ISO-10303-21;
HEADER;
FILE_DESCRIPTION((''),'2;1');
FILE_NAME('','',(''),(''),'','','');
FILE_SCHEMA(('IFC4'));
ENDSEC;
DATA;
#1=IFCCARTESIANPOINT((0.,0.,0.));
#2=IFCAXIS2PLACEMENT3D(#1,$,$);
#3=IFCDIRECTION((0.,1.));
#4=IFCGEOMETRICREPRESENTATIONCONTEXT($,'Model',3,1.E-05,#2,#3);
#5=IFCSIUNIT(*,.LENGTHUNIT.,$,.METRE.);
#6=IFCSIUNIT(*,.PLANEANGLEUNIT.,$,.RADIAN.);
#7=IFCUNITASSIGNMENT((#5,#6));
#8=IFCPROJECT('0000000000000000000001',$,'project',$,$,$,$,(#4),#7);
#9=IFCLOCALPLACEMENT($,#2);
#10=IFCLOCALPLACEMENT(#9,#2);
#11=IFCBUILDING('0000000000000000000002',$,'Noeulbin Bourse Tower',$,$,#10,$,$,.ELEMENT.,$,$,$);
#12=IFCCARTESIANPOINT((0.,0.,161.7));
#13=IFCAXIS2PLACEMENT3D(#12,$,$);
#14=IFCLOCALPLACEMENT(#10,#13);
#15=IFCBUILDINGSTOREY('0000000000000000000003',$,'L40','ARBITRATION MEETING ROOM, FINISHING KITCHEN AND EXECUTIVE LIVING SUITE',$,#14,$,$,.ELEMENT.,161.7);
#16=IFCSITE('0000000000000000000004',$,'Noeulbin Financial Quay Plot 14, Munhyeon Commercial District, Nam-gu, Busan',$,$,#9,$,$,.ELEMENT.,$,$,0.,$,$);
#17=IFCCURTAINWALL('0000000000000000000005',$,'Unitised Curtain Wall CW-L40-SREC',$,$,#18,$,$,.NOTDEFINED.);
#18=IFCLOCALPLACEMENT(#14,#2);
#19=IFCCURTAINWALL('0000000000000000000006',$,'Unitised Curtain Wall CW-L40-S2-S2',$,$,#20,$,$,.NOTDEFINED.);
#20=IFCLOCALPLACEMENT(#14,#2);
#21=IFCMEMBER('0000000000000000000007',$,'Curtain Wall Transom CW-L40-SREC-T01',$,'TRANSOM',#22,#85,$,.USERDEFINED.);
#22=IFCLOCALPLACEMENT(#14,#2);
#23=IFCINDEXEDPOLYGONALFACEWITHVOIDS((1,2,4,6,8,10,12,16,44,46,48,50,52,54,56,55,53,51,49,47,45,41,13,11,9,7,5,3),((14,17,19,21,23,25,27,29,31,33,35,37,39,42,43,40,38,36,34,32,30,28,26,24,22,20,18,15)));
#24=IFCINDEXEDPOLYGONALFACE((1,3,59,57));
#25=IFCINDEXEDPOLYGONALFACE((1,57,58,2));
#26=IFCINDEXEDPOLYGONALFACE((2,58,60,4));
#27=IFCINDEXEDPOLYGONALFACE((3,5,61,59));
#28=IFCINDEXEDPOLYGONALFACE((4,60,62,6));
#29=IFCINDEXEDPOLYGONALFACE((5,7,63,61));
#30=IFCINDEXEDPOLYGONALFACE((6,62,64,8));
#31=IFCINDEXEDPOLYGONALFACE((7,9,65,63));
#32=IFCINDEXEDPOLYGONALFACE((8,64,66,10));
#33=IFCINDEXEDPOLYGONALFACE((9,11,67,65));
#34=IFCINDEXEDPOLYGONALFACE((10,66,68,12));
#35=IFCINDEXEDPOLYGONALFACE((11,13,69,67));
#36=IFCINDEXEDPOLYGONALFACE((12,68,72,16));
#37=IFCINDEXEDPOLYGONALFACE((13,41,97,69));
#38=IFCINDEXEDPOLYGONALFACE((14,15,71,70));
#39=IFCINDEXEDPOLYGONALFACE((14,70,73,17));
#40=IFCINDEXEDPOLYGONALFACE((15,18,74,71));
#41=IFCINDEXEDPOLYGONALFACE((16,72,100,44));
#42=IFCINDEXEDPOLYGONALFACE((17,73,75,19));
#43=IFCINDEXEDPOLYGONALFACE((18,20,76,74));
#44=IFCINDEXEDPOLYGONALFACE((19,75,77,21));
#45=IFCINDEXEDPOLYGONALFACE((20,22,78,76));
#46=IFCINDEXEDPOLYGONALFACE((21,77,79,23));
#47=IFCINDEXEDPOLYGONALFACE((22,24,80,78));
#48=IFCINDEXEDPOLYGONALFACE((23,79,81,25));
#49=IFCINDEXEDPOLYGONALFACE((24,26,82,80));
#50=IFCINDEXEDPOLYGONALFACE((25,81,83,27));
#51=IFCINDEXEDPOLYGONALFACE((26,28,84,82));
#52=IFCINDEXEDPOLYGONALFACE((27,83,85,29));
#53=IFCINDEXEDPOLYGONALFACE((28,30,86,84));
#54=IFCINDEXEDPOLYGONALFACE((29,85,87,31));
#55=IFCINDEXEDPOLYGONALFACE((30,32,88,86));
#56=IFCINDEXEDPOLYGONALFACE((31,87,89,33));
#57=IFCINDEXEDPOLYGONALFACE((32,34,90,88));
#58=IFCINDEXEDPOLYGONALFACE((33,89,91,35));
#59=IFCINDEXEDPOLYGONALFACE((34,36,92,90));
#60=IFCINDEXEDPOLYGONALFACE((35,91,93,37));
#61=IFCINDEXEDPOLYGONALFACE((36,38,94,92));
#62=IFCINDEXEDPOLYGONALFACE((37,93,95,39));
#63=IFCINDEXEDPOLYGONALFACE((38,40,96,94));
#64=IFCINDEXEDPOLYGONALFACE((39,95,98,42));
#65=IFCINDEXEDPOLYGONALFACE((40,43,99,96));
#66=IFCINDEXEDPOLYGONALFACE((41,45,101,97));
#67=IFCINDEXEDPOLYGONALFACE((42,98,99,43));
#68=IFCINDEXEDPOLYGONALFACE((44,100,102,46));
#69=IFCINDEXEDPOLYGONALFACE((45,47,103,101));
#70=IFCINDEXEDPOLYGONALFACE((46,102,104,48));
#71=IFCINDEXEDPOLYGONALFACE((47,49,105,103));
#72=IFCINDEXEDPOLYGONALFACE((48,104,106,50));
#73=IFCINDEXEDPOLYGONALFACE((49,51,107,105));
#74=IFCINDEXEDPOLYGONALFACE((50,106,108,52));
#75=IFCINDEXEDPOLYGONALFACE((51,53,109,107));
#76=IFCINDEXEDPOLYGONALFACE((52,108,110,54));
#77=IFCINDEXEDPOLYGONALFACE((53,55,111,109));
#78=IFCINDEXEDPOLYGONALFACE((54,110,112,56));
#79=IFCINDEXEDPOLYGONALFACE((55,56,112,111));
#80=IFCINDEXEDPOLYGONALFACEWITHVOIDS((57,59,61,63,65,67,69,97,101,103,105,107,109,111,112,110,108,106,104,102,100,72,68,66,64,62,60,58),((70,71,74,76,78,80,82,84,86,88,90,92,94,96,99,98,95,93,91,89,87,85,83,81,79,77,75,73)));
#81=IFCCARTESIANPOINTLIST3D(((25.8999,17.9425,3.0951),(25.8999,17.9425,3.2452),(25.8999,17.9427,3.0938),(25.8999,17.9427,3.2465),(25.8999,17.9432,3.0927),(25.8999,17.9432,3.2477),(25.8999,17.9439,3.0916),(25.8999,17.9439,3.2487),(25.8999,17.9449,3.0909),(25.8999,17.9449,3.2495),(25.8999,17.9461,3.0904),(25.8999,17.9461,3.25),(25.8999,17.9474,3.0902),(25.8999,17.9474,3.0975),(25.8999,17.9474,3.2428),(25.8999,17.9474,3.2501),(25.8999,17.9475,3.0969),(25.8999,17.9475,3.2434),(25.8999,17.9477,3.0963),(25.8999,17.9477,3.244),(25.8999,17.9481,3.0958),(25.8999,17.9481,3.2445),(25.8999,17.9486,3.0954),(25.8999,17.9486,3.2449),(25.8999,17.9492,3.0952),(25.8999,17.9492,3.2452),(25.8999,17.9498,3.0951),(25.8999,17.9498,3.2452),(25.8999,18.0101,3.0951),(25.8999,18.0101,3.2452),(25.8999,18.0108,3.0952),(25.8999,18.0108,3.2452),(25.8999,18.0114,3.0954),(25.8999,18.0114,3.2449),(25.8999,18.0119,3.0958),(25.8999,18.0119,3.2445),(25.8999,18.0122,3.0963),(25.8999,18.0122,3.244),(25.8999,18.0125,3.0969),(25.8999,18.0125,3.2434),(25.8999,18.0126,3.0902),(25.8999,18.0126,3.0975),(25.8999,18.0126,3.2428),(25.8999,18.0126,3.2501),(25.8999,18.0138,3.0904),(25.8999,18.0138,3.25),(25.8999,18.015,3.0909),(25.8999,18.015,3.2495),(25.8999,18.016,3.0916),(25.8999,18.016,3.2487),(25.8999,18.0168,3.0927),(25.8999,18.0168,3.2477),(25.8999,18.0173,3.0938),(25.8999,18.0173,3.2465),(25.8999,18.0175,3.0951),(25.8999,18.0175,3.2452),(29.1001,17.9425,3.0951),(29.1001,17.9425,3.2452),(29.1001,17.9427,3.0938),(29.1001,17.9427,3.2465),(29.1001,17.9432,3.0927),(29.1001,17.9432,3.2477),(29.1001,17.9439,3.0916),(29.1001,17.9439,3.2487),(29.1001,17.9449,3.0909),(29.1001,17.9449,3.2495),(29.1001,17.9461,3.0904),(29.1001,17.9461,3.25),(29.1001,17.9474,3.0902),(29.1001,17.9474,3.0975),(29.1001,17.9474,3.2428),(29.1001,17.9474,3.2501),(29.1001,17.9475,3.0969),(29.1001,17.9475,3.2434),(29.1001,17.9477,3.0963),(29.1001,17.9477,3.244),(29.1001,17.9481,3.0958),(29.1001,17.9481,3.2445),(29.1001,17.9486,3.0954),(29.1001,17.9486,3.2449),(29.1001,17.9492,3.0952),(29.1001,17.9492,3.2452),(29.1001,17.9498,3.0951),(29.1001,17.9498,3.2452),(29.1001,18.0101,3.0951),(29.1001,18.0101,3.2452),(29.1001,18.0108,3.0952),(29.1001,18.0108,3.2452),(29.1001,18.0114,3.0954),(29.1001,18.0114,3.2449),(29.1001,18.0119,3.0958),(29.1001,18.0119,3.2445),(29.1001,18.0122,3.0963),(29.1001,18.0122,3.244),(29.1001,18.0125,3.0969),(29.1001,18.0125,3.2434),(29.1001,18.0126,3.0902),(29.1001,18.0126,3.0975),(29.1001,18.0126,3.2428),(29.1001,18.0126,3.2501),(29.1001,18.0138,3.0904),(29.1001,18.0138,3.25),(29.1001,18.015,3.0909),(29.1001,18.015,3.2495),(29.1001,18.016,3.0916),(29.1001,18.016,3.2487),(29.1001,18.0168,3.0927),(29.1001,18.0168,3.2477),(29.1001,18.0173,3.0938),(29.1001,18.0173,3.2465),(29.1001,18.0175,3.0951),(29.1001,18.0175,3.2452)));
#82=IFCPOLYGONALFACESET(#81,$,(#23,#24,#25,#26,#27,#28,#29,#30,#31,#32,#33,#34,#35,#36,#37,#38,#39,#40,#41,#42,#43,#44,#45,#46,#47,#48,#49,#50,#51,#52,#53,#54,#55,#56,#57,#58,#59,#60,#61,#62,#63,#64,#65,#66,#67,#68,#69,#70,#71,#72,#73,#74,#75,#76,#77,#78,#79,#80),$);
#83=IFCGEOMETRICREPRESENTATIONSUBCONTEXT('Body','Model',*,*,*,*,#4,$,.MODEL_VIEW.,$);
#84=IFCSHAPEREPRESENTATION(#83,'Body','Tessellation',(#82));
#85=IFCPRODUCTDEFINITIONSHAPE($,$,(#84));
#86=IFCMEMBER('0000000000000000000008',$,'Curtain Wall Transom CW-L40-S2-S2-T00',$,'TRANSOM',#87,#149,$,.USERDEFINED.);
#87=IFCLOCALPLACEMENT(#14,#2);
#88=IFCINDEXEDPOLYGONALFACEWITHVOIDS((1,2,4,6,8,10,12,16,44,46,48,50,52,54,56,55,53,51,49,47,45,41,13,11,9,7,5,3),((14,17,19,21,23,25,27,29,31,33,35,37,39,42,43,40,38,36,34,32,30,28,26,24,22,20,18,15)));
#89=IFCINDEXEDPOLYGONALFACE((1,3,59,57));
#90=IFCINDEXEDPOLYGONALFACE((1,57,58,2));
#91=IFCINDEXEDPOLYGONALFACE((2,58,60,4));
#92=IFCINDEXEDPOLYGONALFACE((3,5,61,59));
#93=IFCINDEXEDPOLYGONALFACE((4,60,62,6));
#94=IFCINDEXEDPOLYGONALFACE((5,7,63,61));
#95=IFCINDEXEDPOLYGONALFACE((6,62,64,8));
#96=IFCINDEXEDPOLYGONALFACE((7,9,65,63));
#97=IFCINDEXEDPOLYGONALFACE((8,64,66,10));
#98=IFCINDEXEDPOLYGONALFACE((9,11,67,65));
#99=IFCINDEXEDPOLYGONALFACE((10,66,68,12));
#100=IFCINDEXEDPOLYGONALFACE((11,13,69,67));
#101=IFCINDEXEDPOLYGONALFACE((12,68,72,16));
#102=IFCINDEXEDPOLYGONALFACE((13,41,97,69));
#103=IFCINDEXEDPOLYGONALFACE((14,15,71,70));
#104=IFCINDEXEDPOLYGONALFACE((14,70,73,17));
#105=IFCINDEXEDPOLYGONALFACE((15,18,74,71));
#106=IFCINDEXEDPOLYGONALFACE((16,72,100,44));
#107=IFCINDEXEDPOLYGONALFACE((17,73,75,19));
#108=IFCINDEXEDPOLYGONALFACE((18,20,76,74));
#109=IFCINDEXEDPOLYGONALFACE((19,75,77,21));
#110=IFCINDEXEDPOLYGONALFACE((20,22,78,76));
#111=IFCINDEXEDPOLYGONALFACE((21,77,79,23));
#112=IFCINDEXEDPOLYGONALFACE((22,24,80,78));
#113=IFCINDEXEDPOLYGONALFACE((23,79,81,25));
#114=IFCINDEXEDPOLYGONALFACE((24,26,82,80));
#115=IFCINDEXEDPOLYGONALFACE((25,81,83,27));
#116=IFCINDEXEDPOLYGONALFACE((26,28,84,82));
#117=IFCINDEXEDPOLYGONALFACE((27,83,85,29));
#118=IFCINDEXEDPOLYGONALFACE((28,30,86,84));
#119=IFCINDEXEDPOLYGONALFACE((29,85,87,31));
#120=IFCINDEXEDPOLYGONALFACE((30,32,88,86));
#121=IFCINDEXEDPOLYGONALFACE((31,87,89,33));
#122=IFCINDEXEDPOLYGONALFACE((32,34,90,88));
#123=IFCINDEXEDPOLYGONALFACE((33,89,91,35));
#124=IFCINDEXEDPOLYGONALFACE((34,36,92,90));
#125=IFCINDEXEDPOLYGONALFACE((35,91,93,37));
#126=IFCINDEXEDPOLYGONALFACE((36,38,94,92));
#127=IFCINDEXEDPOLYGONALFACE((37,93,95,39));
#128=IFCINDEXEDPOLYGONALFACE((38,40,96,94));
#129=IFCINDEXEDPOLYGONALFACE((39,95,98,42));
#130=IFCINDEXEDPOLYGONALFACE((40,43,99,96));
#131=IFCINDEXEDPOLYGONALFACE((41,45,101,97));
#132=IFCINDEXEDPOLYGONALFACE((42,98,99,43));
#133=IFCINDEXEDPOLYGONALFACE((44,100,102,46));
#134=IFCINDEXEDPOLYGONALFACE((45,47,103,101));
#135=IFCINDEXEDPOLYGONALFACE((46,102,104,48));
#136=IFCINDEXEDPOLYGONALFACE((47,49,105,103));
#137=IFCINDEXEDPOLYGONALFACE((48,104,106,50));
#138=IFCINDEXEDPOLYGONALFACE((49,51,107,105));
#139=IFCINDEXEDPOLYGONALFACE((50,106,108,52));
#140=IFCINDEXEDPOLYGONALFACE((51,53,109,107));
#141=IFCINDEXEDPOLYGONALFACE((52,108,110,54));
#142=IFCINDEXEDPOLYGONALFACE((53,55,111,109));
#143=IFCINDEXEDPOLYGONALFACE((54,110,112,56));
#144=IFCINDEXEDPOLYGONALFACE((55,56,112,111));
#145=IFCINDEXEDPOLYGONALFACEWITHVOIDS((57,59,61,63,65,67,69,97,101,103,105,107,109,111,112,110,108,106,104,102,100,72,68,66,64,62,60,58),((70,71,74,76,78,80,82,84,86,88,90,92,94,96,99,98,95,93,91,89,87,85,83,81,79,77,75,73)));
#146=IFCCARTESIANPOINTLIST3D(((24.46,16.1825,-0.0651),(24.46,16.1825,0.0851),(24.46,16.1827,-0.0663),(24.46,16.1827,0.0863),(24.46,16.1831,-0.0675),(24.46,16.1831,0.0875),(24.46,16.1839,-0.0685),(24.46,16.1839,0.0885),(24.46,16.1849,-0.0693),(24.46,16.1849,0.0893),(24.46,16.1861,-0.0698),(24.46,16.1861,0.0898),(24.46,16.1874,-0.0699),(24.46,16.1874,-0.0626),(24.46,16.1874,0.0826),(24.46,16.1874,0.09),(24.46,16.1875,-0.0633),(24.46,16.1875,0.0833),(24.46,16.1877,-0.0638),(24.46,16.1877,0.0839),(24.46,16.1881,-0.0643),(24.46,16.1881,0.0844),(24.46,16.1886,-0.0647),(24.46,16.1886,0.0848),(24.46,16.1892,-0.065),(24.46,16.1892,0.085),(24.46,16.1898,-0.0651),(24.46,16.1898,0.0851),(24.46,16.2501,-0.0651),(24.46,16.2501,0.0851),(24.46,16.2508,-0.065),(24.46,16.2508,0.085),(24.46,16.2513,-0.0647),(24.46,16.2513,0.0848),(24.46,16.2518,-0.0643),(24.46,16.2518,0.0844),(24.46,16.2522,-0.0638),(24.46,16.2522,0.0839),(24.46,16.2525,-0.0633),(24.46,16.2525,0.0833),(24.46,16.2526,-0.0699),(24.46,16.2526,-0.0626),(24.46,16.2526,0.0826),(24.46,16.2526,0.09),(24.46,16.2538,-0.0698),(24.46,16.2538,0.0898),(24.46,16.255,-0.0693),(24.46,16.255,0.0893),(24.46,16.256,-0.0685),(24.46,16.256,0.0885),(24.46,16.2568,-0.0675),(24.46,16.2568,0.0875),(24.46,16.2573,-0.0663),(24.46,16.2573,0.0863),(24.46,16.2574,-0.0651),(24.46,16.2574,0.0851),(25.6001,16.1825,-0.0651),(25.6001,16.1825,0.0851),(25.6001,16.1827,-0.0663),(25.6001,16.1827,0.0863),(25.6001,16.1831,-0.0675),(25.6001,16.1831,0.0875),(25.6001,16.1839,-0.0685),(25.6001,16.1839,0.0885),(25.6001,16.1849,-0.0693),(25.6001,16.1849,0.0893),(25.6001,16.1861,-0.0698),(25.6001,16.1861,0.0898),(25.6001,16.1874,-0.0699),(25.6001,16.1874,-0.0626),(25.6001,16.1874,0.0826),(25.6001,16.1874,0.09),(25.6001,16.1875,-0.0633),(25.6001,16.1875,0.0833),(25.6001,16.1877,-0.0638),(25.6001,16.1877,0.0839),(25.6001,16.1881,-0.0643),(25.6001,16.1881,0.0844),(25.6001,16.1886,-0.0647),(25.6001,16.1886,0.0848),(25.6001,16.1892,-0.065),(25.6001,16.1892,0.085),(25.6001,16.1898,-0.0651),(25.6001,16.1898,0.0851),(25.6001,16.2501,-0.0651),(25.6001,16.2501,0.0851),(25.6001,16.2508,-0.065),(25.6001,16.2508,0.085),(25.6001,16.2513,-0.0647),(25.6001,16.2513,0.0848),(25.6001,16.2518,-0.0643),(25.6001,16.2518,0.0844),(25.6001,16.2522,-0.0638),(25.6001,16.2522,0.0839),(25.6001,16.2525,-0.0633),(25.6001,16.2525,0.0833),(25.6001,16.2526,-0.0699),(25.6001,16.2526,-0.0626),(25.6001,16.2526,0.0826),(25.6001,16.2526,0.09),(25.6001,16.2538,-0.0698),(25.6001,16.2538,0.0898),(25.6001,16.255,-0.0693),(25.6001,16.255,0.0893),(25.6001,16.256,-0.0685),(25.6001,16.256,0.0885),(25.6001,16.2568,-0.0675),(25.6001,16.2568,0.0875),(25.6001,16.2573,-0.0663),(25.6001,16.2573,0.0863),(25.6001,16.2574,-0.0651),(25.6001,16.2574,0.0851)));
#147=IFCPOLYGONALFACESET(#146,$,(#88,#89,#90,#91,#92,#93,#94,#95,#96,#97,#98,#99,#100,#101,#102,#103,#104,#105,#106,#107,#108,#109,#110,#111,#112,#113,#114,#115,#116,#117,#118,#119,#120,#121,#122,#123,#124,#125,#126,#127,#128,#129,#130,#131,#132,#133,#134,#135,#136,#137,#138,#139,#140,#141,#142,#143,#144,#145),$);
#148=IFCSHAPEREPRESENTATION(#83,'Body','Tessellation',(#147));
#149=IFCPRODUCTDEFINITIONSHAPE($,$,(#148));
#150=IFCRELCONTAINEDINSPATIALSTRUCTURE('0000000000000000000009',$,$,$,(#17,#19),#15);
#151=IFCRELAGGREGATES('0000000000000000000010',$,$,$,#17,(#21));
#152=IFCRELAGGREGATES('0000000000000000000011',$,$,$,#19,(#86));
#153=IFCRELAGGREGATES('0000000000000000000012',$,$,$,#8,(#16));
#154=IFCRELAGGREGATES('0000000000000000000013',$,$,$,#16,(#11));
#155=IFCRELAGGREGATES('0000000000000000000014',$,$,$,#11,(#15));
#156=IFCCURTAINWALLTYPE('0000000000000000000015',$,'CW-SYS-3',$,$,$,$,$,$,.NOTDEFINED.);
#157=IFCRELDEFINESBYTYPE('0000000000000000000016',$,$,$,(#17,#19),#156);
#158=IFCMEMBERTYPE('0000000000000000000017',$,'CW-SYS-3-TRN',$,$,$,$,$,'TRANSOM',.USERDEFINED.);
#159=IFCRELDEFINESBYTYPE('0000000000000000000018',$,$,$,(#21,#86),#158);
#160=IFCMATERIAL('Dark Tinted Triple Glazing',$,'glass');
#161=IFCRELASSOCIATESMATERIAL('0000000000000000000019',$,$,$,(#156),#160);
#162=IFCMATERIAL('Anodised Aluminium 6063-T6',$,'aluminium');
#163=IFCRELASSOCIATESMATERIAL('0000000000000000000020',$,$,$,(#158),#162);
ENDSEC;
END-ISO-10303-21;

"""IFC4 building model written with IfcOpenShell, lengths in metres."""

from ifc_helpers import new_model, si_unit, direction, frame, origin, origin_2d, place, context, subcontext, project, spatial, hollow_rectangle, extrude, material, material_profile, profile_set, type_object, element, aggregate, save


model = new_model("IFC4")

# Units and contexts
model_context = context("Model", 3, precision=1e-05, world=origin(), true_north=direction((0.0, 1.0)))
body_context = subcontext(model_context, "Body", "Model", "MODEL_VIEW")
ifc_project = project(units=[si_unit("LENGTHUNIT", "METRE"), si_unit("PLANEANGLEUNIT", "RADIAN")], contexts=[model_context])

# Site, building, storey
site_placement = place(None, origin())
site = spatial("IfcSite", under=ifc_project, at=site_placement, Name="Noeulbin Financial Quay Plot 14, Munhyeon Commercial District, Nam-gu, Busan", CompositionType="ELEMENT", RefElevation=0.0)
building_placement = place(site_placement, origin())
building = spatial("IfcBuilding", under=site, at=building_placement, Name="Noeulbin Bourse Tower", CompositionType="ELEMENT")
storey_placement = place(building_placement, frame((0.0, 0.0, 161.7)))
storey = spatial("IfcBuildingStorey", under=building, at=storey_placement, Name="L40", Description="ARBITRATION MEETING ROOM, FINISHING KITCHEN AND EXECUTIVE LIVING SUITE", CompositionType="ELEMENT", Elevation=161.7)

# Curtain wall
ifc_material_1 = material(Name="Dark Tinted Triple Glazing", Category="glass")
curtain_wall_type = type_object("IfcCurtainWallType", Name="CW-SYS-3", PredefinedType="NOTDEFINED", material=ifc_material_1)
curtain_wall_1_placement = place(storey_placement, origin())
curtain_wall_1 = element("IfcCurtainWall", 1, at=curtain_wall_1_placement, inside=storey, type_object=curtain_wall_type, Name="Unitised Curtain Wall CW-L40-SREC", PredefinedType="NOTDEFINED")
ifc_material_2 = material(Name="Anodised Aluminium 6063-T6", Category="aluminium")

# Curtain wall
curtain_wall_2_placement = place(storey_placement, origin())
curtain_wall_2 = element("IfcCurtainWall", 2, at=curtain_wall_2_placement, inside=storey, type_object=curtain_wall_type, Name="Unitised Curtain Wall CW-L40-S2-S2", PredefinedType="NOTDEFINED")

# Members
ifc_material_profile_1 = material_profile(ifc_material_2, hollow_rectangle(XDim=0.075, YDim=0.1599, WallThickness=0.0049, InnerFilletRadius=0.0024, OuterFilletRadius=0.0049, at=origin_2d()), Name="ALU-TRAN-75x160x5", Category="LoadBearing")
ifc_profile_set_1 = profile_set([ifc_material_profile_1], Name="Anodised Aluminium 6063-T6")
member_type_1 = type_object("IfcMemberType", Name="CW-SYS-3-TRN", ElementType="TRANSOM", PredefinedType="USERDEFINED", material=ifc_profile_set_1)
member_1_placement = place(storey_placement, frame((25.8999, 17.98, 3.1702), z_axis=(1.0, 0.0, 0.0), x_axis=(0.0, 1.0, 0.0)))
member_1 = element("IfcMember", 3, at=member_1_placement, type_object=member_type_1, Name="Curtain Wall Transom CW-L40-SREC-T01", ObjectType="TRANSOM", PredefinedType="USERDEFINED", context=body_context, shape_type="SweptSolid", body=[
    extrude(hollow_rectangle(XDim=0.075, YDim=0.1599, WallThickness=0.0049, InnerFilletRadius=0.0024, OuterFilletRadius=0.0049, at=origin_2d()), origin(), (0.0, 0.0, 1.0), 3.2002),
])
member_2_placement = place(storey_placement, frame((24.46, 16.22, 0.01), z_axis=(1.0, 0.0, 0.0), x_axis=(0.0, 1.0, 0.0)))
member_2 = element("IfcMember", 4, at=member_2_placement, type_object=member_type_1, Name="Curtain Wall Transom CW-L40-S2-S2-T00", ObjectType="TRANSOM", PredefinedType="USERDEFINED", context=body_context, shape_type="SweptSolid", body=[
    extrude(hollow_rectangle(XDim=0.075, YDim=0.1599, WallThickness=0.0049, InnerFilletRadius=0.0024, OuterFilletRadius=0.0049, at=origin_2d()), origin(), (0.0, 0.0, 1.0), 1.1401),
])

aggregate(curtain_wall_1, [member_1])
aggregate(curtain_wall_2, [member_2])

save(model, "model.ifc")
